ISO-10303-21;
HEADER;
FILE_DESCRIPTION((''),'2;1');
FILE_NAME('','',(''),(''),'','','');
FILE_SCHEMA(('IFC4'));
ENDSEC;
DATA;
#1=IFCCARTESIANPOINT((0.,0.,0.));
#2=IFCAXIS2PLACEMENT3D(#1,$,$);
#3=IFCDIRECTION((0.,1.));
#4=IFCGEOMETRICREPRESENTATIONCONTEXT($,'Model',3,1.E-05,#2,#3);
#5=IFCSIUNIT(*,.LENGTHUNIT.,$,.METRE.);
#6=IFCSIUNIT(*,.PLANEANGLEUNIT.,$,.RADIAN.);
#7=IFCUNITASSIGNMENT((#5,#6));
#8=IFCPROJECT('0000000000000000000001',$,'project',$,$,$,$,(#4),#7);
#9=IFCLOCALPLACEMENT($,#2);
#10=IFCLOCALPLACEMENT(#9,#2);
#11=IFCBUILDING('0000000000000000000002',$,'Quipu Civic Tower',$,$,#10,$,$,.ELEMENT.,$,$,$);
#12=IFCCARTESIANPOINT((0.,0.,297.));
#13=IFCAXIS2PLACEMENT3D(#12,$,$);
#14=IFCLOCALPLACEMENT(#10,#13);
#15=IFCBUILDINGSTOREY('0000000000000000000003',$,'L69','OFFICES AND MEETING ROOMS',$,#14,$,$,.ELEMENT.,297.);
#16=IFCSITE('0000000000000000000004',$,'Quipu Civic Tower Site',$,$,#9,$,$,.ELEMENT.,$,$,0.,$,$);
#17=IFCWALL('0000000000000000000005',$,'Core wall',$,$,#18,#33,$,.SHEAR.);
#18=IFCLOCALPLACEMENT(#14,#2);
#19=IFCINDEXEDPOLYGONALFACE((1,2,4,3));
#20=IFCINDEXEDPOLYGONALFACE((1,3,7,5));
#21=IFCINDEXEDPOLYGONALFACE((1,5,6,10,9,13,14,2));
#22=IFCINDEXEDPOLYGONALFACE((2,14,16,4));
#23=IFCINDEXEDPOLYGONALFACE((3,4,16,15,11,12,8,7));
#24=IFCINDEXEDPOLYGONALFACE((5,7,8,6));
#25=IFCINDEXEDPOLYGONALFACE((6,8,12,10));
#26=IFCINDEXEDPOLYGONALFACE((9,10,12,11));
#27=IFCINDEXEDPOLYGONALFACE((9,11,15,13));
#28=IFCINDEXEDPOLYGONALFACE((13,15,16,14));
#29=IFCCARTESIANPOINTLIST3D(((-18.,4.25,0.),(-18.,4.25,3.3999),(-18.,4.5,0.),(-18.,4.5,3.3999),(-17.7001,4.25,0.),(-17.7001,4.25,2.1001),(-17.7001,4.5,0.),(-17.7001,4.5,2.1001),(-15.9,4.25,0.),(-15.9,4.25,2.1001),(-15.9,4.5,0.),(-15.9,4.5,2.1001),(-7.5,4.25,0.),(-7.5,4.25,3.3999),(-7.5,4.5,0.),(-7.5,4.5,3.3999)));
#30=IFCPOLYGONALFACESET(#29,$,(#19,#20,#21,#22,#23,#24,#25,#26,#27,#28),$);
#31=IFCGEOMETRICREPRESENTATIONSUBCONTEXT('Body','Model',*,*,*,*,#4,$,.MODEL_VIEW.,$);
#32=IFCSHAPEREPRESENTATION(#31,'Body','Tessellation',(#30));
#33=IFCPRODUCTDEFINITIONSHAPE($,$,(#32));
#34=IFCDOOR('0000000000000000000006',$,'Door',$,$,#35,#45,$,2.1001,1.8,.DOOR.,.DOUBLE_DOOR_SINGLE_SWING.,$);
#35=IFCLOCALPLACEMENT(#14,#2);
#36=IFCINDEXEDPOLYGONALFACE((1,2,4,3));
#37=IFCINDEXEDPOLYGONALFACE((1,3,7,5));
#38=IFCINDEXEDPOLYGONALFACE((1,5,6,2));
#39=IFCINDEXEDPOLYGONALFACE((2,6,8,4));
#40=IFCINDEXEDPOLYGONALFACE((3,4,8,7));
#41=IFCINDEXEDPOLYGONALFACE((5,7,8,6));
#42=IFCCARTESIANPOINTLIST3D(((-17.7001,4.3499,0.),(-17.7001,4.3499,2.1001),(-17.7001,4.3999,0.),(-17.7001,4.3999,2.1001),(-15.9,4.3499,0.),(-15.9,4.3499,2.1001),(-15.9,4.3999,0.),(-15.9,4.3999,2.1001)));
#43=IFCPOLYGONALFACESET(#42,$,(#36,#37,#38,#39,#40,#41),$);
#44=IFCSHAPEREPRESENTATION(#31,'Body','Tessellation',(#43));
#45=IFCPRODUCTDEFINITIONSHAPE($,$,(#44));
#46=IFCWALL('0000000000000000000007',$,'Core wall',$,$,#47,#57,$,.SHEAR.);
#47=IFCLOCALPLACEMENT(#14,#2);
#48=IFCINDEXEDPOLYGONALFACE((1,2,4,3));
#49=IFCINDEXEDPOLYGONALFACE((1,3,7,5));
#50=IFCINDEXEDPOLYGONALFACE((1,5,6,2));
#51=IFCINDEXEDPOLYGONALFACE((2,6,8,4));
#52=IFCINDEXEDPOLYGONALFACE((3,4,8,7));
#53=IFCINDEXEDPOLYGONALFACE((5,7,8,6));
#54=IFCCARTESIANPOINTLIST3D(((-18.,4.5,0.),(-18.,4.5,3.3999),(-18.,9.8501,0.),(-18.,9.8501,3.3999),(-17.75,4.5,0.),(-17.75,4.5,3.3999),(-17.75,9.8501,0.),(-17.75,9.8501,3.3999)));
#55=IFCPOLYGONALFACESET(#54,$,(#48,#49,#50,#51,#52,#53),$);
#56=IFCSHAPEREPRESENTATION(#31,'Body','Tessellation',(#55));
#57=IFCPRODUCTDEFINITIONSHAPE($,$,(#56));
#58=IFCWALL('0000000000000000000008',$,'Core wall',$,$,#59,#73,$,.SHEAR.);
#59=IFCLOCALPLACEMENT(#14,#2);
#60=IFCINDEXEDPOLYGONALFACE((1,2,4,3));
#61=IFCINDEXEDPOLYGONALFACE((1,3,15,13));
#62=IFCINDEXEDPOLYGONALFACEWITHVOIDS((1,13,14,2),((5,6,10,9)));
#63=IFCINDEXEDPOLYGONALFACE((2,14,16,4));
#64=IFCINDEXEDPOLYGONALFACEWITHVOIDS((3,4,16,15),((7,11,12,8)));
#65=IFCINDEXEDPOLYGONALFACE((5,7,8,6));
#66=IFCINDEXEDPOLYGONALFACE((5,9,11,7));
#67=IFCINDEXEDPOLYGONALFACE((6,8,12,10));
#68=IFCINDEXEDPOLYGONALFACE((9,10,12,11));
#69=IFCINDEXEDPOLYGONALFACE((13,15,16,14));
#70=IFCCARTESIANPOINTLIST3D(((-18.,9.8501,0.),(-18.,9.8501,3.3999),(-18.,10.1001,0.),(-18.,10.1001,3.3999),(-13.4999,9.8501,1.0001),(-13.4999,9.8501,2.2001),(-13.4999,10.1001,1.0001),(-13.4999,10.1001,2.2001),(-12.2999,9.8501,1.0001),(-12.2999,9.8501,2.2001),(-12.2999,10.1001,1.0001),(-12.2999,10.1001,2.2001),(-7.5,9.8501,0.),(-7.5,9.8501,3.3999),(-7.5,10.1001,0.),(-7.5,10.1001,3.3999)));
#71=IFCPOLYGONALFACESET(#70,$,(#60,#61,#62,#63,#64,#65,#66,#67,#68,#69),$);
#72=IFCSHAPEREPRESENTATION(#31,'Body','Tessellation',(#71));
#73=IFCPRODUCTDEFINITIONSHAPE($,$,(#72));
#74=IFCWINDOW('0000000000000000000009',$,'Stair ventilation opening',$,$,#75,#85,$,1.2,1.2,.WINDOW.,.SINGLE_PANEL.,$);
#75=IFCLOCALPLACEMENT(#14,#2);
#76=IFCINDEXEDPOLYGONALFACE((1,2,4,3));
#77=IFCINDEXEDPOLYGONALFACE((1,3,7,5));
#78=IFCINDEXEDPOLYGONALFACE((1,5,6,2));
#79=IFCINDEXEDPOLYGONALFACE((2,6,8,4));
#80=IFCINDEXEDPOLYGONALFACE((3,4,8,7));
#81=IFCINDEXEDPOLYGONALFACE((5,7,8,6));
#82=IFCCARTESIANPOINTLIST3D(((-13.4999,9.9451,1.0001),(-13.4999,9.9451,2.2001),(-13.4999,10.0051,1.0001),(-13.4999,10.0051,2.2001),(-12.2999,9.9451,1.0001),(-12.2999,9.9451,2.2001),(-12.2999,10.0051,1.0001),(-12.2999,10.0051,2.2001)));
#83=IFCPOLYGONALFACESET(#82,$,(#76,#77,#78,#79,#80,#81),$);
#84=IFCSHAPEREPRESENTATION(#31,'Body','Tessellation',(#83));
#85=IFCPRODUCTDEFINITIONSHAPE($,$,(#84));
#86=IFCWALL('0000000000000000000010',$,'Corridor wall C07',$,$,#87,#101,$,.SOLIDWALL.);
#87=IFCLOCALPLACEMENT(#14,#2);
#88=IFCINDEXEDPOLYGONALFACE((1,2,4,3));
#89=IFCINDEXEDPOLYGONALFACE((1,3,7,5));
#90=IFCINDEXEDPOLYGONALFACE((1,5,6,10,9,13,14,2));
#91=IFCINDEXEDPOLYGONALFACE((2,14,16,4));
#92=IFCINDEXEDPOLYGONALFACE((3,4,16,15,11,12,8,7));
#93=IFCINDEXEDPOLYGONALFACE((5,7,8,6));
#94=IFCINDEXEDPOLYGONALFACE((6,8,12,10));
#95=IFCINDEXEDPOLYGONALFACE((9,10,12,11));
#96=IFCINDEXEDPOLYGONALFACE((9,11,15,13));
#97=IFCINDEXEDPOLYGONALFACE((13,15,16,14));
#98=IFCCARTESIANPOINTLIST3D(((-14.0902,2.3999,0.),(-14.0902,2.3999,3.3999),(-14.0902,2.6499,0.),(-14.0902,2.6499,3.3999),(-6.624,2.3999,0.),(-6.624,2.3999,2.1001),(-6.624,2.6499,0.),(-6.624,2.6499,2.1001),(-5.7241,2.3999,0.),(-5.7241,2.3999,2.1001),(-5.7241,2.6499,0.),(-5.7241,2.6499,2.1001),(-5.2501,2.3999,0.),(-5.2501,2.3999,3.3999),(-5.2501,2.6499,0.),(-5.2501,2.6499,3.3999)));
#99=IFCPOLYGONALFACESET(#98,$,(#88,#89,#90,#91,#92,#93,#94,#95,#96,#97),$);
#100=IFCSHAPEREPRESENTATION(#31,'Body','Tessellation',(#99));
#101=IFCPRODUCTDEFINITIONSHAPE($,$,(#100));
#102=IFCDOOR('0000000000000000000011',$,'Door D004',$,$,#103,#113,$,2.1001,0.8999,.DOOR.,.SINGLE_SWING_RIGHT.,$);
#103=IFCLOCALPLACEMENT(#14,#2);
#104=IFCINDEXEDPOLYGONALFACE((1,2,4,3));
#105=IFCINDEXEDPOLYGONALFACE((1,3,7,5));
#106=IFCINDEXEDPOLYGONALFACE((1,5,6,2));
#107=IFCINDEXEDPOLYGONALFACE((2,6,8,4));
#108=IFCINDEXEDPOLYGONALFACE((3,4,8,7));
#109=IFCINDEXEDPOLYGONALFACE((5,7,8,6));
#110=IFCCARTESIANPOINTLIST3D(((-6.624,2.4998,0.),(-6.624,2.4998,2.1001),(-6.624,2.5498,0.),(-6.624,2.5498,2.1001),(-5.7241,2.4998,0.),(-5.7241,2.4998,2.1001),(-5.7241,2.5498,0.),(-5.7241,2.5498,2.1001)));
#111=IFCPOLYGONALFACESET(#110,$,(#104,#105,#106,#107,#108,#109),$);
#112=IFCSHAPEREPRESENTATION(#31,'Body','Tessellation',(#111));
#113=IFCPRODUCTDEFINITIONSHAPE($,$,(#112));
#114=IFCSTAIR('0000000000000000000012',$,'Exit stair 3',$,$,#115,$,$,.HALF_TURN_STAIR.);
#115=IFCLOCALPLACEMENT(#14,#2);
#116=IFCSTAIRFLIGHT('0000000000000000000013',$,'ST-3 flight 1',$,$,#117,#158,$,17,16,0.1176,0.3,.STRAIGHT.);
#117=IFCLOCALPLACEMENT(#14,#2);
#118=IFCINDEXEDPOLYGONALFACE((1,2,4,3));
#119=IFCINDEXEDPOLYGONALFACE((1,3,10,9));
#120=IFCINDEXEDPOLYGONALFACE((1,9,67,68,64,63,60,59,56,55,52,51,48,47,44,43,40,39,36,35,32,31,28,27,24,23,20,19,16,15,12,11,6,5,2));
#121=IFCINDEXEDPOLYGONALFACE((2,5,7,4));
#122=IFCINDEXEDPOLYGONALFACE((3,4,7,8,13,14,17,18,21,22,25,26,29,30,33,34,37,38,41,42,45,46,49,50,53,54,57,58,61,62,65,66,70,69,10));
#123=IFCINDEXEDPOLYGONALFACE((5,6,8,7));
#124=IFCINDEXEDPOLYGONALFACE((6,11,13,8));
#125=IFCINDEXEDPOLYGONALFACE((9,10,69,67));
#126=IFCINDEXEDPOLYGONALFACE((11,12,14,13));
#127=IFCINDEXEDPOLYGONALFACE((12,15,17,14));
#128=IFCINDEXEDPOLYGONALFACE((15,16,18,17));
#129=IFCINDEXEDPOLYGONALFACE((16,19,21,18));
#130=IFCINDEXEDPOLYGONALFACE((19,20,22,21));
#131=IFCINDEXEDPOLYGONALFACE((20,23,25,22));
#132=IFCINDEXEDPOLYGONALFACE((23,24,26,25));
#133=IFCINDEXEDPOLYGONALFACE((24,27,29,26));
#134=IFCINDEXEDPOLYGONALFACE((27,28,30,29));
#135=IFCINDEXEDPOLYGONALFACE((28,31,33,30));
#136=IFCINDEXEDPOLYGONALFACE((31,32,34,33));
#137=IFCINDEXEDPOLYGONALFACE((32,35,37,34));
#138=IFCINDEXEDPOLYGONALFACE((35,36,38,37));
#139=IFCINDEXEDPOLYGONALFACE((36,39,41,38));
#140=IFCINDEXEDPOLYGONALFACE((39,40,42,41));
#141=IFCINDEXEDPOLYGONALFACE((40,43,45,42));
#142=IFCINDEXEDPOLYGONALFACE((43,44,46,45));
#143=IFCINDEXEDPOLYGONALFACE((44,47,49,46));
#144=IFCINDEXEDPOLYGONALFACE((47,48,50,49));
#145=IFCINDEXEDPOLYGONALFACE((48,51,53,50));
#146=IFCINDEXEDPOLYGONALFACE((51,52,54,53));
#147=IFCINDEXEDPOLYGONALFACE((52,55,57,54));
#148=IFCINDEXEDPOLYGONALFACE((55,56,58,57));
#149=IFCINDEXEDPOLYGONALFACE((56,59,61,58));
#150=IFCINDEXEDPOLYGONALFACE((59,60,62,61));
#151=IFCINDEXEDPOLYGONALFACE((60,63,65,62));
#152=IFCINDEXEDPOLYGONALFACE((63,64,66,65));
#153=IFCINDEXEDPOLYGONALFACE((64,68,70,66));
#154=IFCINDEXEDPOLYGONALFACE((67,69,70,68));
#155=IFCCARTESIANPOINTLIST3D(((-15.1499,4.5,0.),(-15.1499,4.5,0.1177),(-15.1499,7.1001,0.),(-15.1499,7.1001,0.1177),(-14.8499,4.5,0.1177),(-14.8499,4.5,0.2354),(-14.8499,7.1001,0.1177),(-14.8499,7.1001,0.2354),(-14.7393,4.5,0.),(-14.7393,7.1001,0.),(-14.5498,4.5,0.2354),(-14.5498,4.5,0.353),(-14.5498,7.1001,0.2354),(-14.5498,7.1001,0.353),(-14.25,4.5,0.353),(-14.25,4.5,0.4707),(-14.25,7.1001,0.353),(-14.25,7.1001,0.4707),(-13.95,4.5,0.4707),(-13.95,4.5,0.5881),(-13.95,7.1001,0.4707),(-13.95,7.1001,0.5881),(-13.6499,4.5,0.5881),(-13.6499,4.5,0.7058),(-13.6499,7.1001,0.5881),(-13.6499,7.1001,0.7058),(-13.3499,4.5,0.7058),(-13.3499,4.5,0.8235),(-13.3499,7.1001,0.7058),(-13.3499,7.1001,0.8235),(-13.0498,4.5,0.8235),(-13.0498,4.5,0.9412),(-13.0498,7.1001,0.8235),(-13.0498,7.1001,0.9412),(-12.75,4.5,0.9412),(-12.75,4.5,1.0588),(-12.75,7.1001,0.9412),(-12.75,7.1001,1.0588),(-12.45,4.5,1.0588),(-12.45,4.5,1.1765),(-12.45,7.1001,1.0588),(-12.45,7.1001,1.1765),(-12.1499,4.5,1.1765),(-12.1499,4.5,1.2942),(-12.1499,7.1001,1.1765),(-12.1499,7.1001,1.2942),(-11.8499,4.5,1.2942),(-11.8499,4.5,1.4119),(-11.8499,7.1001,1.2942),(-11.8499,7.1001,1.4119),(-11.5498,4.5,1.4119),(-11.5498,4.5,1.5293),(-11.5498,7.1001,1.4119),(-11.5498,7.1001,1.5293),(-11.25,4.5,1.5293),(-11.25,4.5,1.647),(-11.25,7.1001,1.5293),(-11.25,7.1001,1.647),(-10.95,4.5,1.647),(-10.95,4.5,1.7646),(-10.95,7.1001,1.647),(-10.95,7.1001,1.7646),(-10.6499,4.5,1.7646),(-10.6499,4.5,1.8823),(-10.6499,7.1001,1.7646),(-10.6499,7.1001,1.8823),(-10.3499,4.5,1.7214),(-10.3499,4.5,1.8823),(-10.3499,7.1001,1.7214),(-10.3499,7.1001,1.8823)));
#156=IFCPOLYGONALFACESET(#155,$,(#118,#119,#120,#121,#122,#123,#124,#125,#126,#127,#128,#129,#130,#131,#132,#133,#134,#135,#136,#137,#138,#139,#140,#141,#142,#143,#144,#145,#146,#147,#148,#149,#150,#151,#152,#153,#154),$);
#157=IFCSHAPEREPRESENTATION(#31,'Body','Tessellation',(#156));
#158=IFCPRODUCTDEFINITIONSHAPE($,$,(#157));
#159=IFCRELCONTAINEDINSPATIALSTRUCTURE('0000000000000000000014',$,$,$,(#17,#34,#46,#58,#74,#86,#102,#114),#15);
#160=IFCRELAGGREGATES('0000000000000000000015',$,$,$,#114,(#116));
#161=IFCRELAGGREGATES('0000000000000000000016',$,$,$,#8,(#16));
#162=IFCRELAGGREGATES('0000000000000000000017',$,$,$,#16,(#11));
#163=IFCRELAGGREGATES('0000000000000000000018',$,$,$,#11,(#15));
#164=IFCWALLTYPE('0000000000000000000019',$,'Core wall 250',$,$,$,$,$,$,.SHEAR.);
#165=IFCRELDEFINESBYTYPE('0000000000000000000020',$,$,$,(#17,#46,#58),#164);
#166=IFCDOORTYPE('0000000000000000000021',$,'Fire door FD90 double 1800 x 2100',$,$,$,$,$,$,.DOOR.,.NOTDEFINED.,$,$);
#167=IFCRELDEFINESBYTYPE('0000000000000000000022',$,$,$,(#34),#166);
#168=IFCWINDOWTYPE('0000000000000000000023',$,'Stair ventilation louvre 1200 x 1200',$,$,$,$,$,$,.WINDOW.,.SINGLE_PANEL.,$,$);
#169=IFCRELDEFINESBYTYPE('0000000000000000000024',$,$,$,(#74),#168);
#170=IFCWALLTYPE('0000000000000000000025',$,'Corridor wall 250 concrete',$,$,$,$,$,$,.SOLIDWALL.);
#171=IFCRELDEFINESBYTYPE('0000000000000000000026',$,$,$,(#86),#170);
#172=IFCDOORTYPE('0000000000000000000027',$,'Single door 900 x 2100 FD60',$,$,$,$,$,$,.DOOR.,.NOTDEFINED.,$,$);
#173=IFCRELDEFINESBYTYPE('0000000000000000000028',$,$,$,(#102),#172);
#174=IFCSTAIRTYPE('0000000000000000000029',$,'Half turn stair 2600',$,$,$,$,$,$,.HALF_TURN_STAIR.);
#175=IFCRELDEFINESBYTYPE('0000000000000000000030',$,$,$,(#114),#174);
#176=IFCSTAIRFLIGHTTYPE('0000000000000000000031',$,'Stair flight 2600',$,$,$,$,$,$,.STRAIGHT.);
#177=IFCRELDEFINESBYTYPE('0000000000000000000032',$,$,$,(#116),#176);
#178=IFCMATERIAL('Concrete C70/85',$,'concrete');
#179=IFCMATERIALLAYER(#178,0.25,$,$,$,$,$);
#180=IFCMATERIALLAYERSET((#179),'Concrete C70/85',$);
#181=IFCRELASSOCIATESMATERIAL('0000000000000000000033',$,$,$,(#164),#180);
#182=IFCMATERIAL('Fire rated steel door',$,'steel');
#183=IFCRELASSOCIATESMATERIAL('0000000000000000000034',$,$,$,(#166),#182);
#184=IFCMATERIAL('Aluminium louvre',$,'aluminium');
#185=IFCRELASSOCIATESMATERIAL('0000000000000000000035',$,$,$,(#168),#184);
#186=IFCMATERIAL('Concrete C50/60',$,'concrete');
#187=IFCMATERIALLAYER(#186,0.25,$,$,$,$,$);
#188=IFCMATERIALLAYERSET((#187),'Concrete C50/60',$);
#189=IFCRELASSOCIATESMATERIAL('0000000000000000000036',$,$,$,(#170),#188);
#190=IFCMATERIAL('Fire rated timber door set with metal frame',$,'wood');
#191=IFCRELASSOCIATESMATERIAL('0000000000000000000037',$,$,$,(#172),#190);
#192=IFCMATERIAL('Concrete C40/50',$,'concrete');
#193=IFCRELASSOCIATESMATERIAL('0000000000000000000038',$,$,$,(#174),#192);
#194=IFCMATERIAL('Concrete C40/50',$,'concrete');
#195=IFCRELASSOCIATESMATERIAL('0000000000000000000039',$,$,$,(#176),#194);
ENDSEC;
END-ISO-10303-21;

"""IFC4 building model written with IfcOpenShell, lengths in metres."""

from ifc_helpers import new_model, si_unit, direction, frame, frame_2d, origin, place, context, subcontext, project, spatial, polyline, rectangle, outline, extrude, material, layer, layer_set, type_object, element, fill, aggregate, save


model = new_model("IFC4")

# Units and contexts
model_context = context("Model", 3, precision=1e-05, world=origin(), true_north=direction((0.0, 1.0)))
body_context = subcontext(model_context, "Body", "Model", "MODEL_VIEW")
ifc_project = project(units=[si_unit("LENGTHUNIT", "METRE"), si_unit("PLANEANGLEUNIT", "RADIAN")], contexts=[model_context])

# Site, building, storey
site_placement = place(None, origin())
site = spatial("IfcSite", under=ifc_project, at=site_placement, Name="Quipu Civic Tower Site", CompositionType="ELEMENT", RefElevation=0.0)
building_placement = place(site_placement, origin())
building = spatial("IfcBuilding", under=site, at=building_placement, Name="Quipu Civic Tower", CompositionType="ELEMENT")
storey_placement = place(building_placement, frame((0.0, 0.0, 297.0)))
storey = spatial("IfcBuildingStorey", under=building, at=storey_placement, Name="L69", Description="OFFICES AND MEETING ROOMS", CompositionType="ELEMENT", Elevation=297.0)

# Shared definitions
ifc_material_1 = material(Name="Concrete C70/85", Category="concrete")
ifc_layer_1 = layer(ifc_material_1, 0.25)
ifc_layer_set_1 = layer_set([ifc_layer_1], Name="Concrete C70/85")
wall_type_1 = type_object("IfcWallType", Name="Core wall 250", PredefinedType="SHEAR", material=ifc_layer_set_1)

# Wall, opening, door
wall_1_placement = place(storey_placement, frame((-18.0, 4.375, 0.0), z_axis=(0.0, 0.0, 1.0), x_axis=(1.0, 0.0, 0.0)))
wall_1 = element("IfcWall", 1, at=wall_1_placement, inside=storey, type_object=wall_type_1, Name="Core wall", PredefinedType="SHEAR", context=body_context, shape_type="SweptSolid", body=[
    extrude(rectangle(XDim=10.5, YDim=0.25, at=frame_2d((5.25, 0.0))), origin(), (0.0, 0.0, 1.0), 3.3999),
])
opening_1_placement = place(wall_1_placement, frame((0.3, 0.0, 0.0)))
opening_1 = element("IfcOpeningElement", 2, at=opening_1_placement, cuts=wall_1, PredefinedType="OPENING", context=body_context, shape_type="SweptSolid", body=[
    extrude(rectangle(XDim=1.8, YDim=2.1001, at=frame_2d((0.8999, 1.05))), frame((0.0, 0.135, 0.0), z_axis=(0.0, -1.0, 0.0), x_axis=(1.0, 0.0, 0.0)), (0.0, 0.0, 1.0), 0.27),
])
ifc_material_2 = material(Name="Fire rated steel door", Category="steel")
door_type_1 = type_object("IfcDoorType", Name="Fire door FD90 double 1800 x 2100", OperationType="NOTDEFINED", PredefinedType="DOOR", material=ifc_material_2)
door_1_placement = place(opening_1_placement, origin())
door_1 = element("IfcDoor", 3, at=door_1_placement, inside=storey, type_object=door_type_1, Name="Door", OperationType="DOUBLE_DOOR_SINGLE_SWING", OverallHeight=2.1001, OverallWidth=1.8, PredefinedType="DOOR", context=body_context, shape_type="SweptSolid", body=[
    extrude(rectangle(XDim=1.8, YDim=2.1001, at=frame_2d((0.8999, 1.05))), frame((0.0, 0.0249, 0.0), z_axis=(0.0, -1.0, 0.0), x_axis=(1.0, 0.0, 0.0)), (0.0, 0.0, 1.0), 0.05),
])
fill(opening_1, door_1)

# Wall
wall_2_placement = place(storey_placement, frame((-17.875, 4.5, 0.0), z_axis=(0.0, 0.0, 1.0), x_axis=(0.0, 1.0, 0.0)))
element("IfcWall", 4, at=wall_2_placement, inside=storey, type_object=wall_type_1, Name="Core wall", PredefinedType="SHEAR", context=body_context, shape_type="SweptSolid", body=[
    extrude(rectangle(XDim=5.3501, YDim=0.25, at=frame_2d((2.675, 0.0))), origin(), (0.0, 0.0, 1.0), 3.3999),
])

# Wall, opening, window
wall_3_placement = place(storey_placement, frame((-18.0, 9.9751, 0.0), z_axis=(0.0, 0.0, 1.0), x_axis=(1.0, 0.0, 0.0)))
wall_3 = element("IfcWall", 5, at=wall_3_placement, inside=storey, type_object=wall_type_1, Name="Core wall", PredefinedType="SHEAR", context=body_context, shape_type="SweptSolid", body=[
    extrude(rectangle(XDim=10.5, YDim=0.25, at=frame_2d((5.25, 0.0))), origin(), (0.0, 0.0, 1.0), 3.3999),
])
opening_2_placement = place(wall_3_placement, frame((4.5, 0.0, 1.0)))
opening_2 = element("IfcOpeningElement", 6, at=opening_2_placement, cuts=wall_3, PredefinedType="OPENING", context=body_context, shape_type="SweptSolid", body=[
    extrude(rectangle(XDim=1.2, YDim=1.2, at=frame_2d((0.6001, 0.6001))), frame((0.0, 0.135, 0.0), z_axis=(0.0, -1.0, 0.0), x_axis=(1.0, 0.0, 0.0)), (0.0, 0.0, 1.0), 0.27),
])
ifc_material_3 = material(Name="Aluminium louvre", Category="aluminium")
window_type = type_object("IfcWindowType", Name="Stair ventilation louvre 1200 x 1200", PartitioningType="SINGLE_PANEL", PredefinedType="WINDOW", material=ifc_material_3)
window_placement = place(opening_2_placement, origin())
window = element("IfcWindow", 7, at=window_placement, inside=storey, type_object=window_type, Name="Stair ventilation opening", OverallHeight=1.2, OverallWidth=1.2, PartitioningType="SINGLE_PANEL", PredefinedType="WINDOW", context=body_context, shape_type="SweptSolid", body=[
    extrude(rectangle(XDim=1.2, YDim=1.2, at=frame_2d((0.6001, 0.6001))), frame((0.0, 0.03, 0.0), z_axis=(0.0, -1.0, 0.0), x_axis=(1.0, 0.0, 0.0)), (0.0, 0.0, 1.0), 0.0601),
])
fill(opening_2, window)

# Wall, opening, door
ifc_material_4 = material(Name="Concrete C50/60", Category="concrete")
ifc_layer_2 = layer(ifc_material_4, 0.25)
ifc_layer_set_2 = layer_set([ifc_layer_2], Name="Concrete C50/60")
wall_type_2 = type_object("IfcWallType", Name="Corridor wall 250 concrete", PredefinedType="SOLIDWALL", material=ifc_layer_set_2)
wall_4_placement = place(storey_placement, frame((-14.0901, 2.5249, 0.0), z_axis=(0.0, 0.0, 1.0), x_axis=(1.0, 0.0, 0.0)))
wall_4 = element("IfcWall", 8, at=wall_4_placement, inside=storey, type_object=wall_type_2, Name="Corridor wall C07", PredefinedType="SOLIDWALL", context=body_context, shape_type="SweptSolid", body=[
    extrude(rectangle(XDim=8.8401, YDim=0.25, at=frame_2d((4.4199, 0.0))), origin(), (0.0, 0.0, 1.0), 3.3999),
])
opening_3_placement = place(wall_4_placement, frame((7.4661, 0.0, 0.0)))
opening_3 = element("IfcOpeningElement", 9, at=opening_3_placement, cuts=wall_4, PredefinedType="OPENING", context=body_context, shape_type="SweptSolid", body=[
    extrude(rectangle(XDim=0.8999, YDim=2.1001, at=frame_2d((0.45, 1.05))), frame((0.0, 0.135, 0.0), z_axis=(0.0, -1.0, 0.0), x_axis=(1.0, 0.0, 0.0)), (0.0, 0.0, 1.0), 0.27),
])
ifc_material_5 = material(Name="Fire rated timber door set with metal frame", Category="wood")
door_type_2 = type_object("IfcDoorType", Name="Single door 900 x 2100 FD60", OperationType="NOTDEFINED", PredefinedType="DOOR", material=ifc_material_5)
door_2_placement = place(opening_3_placement, origin())
door_2 = element("IfcDoor", 10, at=door_2_placement, inside=storey, type_object=door_type_2, Name="Door D004", OperationType="SINGLE_SWING_RIGHT", OverallHeight=2.1001, OverallWidth=0.8999, PredefinedType="DOOR", context=body_context, shape_type="SweptSolid", body=[
    extrude(rectangle(XDim=0.8999, YDim=2.1001, at=frame_2d((0.45, 1.05))), frame((0.0, 0.0249, 0.0), z_axis=(0.0, -1.0, 0.0), x_axis=(1.0, 0.0, 0.0)), (0.0, 0.0, 1.0), 0.05),
])
fill(opening_3, door_2)

# Stair, stair flight
ifc_material_6 = material(Name="Concrete C40/50", Category="concrete")
stair_type = type_object("IfcStairType", Name="Half turn stair 2600", PredefinedType="HALF_TURN_STAIR", material=ifc_material_6)
stair_placement = place(storey_placement, origin())
stair = element("IfcStair", 11, at=stair_placement, inside=storey, type_object=stair_type, Name="Exit stair 3", PredefinedType="HALF_TURN_STAIR")
ifc_material_7 = material(Name="Concrete C40/50", Category="concrete")
stair_flight_type = type_object("IfcStairFlightType", Name="Stair flight 2600", PredefinedType="STRAIGHT", material=ifc_material_7)
stair_flight_placement = place(storey_placement, frame((-15.1499, 5.8, 0.0), z_axis=(0.0, 0.0, 1.0), x_axis=(1.0, 0.0, 0.0)))
stair_flight = element("IfcStairFlight", 12, at=stair_flight_placement, type_object=stair_flight_type, Name="ST-3 flight 1", NumberOfRisers=17, NumberOfTreads=16, PredefinedType="STRAIGHT", RiserHeight=0.1176, TreadLength=0.3, context=body_context, shape_type="SweptSolid", body=[
    extrude(outline(polyline([(0.0, 0.0), (0.0, 0.1177), (0.3, 0.1177), (0.3, 0.2354), (0.6001, 0.2354), (0.6001, 0.353), (0.8999, 0.353), (0.8999, 0.4707), (1.2, 0.4707), (1.2, 0.5881), (1.5, 0.5881), (1.5, 0.7058), (1.8, 0.7058), (1.8, 0.8235), (2.1001, 0.8235), (2.1001, 0.9412), (2.3999, 0.9412), (2.3999, 1.0588), (2.7, 1.0588), (2.7, 1.1765), (3.0, 1.1765), (3.0, 1.2942), (3.3, 1.2942), (3.3, 1.4119), (3.6001, 1.4119), (3.6001, 1.5293), (3.8999, 1.5293), (3.8999, 1.647), (4.2, 1.647), (4.2, 1.7646), (4.5, 1.7646), (4.5, 1.8823), (4.8, 1.8823), (4.8, 2.0), (4.8, 1.7214), (0.4106, 0.0), (0.0, 0.0)])), frame((0.0, 1.3, 0.0), z_axis=(0.0, -1.0, 0.0), x_axis=(1.0, 0.0, 0.0)), (0.0, 0.0, 1.0), 2.6001),
])
aggregate(stair, [stair_flight])

save(model, "model.ifc")
